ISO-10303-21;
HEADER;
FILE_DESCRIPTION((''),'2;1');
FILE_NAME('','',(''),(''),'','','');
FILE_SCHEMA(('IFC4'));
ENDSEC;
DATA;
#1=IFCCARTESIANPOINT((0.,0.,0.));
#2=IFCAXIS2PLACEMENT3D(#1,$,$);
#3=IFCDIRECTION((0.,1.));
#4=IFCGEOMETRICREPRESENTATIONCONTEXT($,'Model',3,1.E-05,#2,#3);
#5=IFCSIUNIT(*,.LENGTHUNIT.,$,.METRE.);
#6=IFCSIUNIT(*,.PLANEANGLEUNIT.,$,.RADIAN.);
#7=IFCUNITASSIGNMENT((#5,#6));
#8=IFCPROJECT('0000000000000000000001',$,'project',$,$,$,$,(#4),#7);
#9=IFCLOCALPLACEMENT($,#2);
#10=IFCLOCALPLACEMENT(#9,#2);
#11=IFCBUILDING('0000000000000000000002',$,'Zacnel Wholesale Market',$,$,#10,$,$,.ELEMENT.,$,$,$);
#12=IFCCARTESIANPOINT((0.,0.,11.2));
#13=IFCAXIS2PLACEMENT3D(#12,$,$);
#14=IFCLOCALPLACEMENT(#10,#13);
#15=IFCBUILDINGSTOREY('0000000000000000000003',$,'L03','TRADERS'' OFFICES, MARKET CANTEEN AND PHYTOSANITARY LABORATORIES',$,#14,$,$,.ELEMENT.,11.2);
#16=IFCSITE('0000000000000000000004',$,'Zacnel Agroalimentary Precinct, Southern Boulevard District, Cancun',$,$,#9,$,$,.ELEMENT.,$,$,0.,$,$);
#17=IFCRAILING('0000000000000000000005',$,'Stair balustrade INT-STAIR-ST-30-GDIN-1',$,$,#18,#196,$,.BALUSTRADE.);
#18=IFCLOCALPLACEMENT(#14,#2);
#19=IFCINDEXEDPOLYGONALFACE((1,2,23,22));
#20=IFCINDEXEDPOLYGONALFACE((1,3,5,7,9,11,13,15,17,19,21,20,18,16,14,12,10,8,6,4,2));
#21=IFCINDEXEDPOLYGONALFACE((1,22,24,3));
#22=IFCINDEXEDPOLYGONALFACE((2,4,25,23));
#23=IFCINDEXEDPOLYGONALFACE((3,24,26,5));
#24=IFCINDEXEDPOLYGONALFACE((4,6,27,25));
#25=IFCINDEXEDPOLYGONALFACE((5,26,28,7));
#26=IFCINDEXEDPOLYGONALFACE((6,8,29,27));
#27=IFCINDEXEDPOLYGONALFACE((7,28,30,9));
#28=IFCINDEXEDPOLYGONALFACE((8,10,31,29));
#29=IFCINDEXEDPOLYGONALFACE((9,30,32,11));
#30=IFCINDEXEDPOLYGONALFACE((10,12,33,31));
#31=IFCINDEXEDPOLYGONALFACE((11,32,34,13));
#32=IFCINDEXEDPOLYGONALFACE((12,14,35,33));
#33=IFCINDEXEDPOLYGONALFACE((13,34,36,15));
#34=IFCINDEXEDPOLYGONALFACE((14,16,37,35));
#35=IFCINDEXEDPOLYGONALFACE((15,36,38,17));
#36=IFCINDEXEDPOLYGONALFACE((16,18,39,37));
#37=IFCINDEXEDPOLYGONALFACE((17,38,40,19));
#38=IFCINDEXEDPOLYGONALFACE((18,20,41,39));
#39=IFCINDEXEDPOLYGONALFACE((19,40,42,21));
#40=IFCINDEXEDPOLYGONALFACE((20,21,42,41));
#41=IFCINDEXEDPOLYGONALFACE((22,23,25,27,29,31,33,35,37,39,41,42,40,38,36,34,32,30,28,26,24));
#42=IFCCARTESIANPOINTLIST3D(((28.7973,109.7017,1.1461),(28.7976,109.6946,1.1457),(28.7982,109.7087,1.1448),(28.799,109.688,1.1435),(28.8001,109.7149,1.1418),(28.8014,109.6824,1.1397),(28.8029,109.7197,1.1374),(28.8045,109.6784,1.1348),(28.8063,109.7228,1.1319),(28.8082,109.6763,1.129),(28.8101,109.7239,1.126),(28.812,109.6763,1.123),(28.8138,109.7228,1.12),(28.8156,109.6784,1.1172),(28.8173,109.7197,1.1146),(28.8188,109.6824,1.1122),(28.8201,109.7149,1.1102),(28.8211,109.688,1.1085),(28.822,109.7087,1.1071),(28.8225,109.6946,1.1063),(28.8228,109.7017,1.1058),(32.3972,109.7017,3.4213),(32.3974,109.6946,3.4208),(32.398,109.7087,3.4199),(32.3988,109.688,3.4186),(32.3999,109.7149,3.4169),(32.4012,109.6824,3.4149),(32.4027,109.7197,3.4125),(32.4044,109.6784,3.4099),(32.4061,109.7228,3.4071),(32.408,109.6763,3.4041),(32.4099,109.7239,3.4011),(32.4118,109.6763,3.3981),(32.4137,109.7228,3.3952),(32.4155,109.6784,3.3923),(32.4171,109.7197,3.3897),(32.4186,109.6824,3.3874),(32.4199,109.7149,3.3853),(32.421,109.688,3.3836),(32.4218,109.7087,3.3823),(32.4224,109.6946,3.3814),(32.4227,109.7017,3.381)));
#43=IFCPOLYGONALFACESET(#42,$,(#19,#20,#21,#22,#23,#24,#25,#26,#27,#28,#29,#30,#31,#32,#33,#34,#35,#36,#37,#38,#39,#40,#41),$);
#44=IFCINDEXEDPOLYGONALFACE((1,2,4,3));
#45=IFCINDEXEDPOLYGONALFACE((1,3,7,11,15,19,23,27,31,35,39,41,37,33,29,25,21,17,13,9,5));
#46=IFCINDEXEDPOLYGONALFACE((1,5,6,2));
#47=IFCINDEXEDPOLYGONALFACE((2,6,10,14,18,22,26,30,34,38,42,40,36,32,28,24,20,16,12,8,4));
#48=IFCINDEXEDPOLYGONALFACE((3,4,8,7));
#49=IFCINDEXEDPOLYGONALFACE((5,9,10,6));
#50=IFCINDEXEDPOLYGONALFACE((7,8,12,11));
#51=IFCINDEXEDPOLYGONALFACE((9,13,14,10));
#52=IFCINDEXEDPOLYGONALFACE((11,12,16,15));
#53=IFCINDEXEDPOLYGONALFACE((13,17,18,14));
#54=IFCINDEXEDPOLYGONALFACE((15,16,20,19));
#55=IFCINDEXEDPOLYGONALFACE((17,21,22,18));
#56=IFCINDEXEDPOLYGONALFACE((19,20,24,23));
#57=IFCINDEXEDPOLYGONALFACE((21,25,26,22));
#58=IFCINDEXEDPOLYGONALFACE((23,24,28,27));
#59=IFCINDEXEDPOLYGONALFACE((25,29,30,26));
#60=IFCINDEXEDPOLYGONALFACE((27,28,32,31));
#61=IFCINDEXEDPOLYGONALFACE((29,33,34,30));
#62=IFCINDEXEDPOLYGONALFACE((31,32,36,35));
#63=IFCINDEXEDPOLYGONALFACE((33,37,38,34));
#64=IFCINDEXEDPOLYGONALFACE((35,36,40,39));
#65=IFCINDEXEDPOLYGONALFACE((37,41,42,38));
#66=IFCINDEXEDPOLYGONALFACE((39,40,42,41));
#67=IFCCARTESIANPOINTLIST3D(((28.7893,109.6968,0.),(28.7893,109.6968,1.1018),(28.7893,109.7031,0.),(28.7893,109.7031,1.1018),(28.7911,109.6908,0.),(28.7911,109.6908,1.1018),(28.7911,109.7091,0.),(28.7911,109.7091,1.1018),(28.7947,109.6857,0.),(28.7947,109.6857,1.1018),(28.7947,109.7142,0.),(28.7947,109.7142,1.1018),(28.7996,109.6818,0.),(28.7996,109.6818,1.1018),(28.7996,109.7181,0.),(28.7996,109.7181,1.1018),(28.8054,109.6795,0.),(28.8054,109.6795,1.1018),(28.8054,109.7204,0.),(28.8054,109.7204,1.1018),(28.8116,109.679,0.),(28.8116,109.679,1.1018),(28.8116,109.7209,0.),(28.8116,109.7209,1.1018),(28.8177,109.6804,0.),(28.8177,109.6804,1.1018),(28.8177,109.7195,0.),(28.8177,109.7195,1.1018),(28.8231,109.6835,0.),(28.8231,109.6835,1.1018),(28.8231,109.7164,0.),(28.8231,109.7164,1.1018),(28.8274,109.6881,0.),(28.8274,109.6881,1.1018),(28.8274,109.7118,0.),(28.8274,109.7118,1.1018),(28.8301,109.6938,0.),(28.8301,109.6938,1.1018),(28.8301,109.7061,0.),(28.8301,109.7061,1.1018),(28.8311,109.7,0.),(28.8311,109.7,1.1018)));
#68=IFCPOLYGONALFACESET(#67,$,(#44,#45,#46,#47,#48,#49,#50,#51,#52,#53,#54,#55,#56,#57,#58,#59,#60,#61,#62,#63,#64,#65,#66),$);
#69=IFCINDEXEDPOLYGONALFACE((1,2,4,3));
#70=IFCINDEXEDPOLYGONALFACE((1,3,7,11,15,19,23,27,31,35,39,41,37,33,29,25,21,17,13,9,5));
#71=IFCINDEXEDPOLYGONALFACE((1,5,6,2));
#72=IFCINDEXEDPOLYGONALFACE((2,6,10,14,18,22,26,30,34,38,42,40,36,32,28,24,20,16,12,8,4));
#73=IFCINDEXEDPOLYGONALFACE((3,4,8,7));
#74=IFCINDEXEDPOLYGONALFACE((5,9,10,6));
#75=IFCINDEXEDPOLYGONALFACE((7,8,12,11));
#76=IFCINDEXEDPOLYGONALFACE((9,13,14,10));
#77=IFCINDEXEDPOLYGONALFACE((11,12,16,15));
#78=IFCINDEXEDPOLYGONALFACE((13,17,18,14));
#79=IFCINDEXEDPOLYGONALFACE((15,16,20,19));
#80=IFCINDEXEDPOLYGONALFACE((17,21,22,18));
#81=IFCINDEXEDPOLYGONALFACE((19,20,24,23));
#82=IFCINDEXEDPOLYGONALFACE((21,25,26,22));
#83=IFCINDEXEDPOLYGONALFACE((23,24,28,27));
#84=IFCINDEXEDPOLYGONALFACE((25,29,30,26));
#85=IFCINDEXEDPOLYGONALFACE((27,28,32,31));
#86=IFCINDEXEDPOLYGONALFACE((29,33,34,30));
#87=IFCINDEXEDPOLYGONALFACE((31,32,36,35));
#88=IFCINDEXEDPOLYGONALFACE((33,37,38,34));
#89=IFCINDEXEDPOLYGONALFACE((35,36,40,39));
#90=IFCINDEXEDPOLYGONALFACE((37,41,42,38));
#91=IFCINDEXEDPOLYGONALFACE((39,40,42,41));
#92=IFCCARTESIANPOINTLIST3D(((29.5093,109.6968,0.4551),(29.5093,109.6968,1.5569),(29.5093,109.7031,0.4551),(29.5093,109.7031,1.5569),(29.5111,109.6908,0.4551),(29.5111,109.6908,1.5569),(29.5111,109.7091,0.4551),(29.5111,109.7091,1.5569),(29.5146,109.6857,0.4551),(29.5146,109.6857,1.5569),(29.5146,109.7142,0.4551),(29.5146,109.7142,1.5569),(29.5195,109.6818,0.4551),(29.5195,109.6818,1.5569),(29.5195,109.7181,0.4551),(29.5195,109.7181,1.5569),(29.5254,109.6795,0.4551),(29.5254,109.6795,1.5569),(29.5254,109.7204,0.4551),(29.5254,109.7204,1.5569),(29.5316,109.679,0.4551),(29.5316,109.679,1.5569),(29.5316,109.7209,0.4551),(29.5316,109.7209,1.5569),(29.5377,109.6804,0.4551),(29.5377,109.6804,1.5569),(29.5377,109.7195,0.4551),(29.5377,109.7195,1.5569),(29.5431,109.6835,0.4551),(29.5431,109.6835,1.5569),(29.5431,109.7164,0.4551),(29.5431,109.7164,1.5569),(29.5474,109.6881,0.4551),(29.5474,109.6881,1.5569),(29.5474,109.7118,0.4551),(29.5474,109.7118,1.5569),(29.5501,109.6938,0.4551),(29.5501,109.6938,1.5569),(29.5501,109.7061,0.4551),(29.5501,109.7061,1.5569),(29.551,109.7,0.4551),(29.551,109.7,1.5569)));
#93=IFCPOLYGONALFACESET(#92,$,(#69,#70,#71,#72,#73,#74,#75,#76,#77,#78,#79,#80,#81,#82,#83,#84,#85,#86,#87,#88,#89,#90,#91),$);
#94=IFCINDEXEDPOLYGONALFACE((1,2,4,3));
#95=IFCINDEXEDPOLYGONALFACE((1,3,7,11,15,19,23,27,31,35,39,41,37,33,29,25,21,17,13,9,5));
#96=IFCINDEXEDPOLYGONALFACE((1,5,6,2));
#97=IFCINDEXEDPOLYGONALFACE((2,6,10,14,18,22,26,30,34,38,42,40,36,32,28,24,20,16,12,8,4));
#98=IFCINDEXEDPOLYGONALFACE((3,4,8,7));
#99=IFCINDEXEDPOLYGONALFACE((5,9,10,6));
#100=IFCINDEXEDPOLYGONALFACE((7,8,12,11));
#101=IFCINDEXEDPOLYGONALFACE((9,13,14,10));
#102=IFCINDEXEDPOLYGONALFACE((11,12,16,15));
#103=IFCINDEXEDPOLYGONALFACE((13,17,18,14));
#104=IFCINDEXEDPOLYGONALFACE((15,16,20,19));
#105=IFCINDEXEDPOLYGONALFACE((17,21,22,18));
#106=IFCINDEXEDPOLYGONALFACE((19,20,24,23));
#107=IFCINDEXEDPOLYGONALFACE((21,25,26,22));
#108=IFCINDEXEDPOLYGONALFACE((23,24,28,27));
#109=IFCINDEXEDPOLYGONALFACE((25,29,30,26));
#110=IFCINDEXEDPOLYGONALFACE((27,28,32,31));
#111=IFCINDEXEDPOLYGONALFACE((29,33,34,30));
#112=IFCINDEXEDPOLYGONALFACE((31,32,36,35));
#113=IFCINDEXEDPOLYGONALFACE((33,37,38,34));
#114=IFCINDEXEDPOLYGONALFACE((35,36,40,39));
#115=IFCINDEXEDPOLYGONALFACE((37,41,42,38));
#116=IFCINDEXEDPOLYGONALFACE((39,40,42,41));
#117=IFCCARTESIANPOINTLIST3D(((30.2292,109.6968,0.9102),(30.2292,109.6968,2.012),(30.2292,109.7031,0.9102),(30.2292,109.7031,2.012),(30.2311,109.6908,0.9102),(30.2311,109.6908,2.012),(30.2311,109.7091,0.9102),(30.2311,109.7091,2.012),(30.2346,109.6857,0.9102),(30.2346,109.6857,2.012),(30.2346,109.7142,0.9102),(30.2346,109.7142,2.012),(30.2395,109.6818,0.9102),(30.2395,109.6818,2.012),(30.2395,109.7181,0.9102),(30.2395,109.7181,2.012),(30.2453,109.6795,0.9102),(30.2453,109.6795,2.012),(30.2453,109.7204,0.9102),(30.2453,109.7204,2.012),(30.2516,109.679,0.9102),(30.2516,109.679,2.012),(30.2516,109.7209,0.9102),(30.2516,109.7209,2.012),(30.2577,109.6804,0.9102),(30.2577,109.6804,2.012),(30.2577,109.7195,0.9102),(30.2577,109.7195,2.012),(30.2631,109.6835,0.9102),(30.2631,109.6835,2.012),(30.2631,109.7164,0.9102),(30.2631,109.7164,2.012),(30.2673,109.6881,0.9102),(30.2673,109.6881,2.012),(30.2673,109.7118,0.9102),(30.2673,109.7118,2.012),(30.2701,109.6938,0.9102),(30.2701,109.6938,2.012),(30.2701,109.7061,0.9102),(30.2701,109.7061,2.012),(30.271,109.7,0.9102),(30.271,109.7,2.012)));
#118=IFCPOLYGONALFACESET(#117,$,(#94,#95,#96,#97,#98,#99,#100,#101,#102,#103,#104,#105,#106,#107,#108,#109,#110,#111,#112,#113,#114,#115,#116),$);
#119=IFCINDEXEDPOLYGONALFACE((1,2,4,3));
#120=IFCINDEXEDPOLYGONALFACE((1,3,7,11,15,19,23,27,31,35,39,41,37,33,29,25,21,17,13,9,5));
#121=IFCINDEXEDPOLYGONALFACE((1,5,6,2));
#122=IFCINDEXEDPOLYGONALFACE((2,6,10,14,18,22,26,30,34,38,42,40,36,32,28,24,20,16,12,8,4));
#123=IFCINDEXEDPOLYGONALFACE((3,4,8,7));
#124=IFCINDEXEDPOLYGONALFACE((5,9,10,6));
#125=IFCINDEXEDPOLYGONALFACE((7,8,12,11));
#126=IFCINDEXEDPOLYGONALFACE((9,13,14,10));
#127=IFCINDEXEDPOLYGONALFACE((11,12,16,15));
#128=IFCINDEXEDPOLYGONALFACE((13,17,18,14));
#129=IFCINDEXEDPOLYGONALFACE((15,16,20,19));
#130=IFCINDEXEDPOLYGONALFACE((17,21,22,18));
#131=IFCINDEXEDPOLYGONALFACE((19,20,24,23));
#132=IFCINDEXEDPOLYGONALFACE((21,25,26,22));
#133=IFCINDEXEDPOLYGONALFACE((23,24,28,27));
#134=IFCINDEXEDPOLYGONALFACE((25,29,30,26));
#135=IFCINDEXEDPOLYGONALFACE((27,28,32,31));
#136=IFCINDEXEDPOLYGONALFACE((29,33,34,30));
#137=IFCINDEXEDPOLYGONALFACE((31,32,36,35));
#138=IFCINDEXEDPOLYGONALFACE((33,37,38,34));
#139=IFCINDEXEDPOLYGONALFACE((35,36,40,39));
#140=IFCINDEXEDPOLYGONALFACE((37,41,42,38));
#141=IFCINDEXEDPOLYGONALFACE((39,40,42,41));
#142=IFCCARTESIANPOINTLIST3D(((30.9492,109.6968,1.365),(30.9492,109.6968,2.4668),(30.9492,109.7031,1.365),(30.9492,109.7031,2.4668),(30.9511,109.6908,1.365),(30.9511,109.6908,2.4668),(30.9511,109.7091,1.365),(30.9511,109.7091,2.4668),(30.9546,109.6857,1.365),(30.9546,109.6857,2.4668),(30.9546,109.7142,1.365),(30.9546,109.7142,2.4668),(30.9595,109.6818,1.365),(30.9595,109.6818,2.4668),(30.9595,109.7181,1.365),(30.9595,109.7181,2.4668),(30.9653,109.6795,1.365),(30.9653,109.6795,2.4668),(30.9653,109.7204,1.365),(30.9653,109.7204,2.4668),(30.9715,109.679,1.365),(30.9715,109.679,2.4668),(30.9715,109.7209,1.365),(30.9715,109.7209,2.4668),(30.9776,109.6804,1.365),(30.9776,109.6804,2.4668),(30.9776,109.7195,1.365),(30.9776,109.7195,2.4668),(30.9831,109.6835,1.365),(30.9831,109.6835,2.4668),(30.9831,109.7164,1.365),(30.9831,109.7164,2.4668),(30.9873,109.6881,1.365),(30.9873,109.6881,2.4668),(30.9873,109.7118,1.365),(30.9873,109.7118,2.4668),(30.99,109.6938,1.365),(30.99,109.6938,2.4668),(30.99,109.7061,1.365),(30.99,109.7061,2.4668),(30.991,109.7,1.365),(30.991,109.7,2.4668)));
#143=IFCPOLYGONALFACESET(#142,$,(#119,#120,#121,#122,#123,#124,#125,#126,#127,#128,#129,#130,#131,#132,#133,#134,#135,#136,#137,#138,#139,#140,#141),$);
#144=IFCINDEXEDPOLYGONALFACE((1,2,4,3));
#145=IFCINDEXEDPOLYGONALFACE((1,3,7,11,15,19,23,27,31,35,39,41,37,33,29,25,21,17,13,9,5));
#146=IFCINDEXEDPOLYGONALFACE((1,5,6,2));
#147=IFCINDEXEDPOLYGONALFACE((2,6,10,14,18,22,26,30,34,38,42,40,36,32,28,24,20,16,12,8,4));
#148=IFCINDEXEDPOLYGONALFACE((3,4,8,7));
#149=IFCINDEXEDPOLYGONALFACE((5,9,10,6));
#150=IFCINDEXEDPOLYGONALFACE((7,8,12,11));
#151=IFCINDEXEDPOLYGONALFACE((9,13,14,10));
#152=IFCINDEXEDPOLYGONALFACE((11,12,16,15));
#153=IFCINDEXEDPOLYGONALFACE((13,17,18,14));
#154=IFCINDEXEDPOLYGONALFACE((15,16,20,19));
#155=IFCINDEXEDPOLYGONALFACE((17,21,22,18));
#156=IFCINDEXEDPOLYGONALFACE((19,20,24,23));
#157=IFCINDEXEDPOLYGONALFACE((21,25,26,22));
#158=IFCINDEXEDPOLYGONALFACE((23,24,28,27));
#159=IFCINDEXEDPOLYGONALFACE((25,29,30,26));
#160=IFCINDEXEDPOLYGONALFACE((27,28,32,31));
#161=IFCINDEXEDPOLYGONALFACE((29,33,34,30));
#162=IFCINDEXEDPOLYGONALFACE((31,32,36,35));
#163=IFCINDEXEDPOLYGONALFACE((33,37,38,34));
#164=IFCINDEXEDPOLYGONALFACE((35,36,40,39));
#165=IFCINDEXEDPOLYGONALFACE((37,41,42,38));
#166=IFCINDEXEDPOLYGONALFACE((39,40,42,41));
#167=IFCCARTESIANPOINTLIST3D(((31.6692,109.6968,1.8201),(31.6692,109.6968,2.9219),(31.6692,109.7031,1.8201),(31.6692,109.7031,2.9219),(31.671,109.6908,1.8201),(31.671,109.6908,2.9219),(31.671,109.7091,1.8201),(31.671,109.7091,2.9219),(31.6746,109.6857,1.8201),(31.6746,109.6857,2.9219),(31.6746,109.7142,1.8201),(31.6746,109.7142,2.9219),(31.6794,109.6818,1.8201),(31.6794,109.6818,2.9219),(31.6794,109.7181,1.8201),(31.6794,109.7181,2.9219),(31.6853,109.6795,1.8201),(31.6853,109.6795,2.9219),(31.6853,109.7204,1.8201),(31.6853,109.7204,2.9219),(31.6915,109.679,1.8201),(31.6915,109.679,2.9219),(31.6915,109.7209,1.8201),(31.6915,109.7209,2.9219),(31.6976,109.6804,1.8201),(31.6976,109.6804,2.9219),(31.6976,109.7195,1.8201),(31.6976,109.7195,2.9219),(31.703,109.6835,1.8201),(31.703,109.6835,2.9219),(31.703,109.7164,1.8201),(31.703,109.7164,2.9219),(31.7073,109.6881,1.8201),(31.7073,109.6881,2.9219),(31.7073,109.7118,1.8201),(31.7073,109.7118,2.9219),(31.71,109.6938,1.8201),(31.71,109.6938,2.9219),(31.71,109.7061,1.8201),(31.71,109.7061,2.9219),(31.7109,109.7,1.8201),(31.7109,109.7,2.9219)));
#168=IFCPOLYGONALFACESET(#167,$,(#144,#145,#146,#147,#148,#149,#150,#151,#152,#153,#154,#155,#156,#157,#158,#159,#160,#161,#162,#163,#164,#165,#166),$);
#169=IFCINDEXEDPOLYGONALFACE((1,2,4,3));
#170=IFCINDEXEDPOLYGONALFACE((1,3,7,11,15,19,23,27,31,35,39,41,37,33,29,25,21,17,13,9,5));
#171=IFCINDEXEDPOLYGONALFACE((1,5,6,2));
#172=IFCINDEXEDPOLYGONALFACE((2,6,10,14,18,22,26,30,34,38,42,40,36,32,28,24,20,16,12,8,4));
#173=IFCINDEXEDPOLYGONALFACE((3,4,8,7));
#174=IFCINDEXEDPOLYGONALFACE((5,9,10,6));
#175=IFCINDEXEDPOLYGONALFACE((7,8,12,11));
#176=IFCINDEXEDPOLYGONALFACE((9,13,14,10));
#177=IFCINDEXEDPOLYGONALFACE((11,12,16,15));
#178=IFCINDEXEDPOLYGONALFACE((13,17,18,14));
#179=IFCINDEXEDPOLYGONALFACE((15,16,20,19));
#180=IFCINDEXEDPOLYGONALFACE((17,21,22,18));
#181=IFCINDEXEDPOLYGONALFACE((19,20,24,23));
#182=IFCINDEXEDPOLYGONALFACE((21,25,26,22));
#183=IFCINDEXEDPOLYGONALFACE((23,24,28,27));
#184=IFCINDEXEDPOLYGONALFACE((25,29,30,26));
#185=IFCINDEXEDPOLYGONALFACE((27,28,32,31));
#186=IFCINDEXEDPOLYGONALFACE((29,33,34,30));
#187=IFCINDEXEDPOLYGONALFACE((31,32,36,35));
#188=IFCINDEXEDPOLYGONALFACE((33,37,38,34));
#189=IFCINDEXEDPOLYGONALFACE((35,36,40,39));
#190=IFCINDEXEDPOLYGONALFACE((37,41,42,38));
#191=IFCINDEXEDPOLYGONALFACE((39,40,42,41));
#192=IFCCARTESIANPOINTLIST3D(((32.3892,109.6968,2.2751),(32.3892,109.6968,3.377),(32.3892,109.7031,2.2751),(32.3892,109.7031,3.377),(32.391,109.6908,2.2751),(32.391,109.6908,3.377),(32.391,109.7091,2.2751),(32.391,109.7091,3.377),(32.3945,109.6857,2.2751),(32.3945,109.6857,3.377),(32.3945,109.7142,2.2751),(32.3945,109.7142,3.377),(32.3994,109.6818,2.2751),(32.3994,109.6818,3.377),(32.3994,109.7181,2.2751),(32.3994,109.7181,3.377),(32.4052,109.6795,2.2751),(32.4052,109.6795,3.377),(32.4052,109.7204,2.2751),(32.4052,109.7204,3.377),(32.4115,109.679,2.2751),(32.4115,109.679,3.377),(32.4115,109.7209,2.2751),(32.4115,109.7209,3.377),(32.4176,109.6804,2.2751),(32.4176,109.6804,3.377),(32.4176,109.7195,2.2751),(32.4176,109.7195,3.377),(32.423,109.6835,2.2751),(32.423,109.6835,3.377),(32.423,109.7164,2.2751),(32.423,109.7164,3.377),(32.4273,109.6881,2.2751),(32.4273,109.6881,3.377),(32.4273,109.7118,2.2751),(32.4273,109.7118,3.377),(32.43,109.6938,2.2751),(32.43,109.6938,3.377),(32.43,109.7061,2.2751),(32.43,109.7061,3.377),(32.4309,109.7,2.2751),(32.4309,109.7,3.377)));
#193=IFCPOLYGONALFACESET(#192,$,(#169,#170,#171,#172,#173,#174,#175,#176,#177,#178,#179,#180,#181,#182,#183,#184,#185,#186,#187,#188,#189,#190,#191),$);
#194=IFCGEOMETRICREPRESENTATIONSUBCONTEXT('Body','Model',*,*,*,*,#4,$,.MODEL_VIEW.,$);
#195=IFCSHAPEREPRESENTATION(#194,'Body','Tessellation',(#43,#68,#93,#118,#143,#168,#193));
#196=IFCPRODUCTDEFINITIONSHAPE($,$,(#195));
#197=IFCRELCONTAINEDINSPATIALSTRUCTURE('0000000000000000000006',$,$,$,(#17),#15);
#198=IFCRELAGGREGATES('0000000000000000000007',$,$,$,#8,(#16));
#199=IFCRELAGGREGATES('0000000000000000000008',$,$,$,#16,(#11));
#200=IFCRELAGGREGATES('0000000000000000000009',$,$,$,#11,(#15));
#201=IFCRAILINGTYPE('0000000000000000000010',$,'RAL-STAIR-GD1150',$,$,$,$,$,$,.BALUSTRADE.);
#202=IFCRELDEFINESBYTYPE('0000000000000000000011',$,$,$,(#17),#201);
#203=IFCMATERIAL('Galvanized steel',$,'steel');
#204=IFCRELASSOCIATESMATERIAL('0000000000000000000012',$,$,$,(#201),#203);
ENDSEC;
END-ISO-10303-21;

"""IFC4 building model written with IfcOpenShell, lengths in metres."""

from ifc_helpers import new_model, si_unit, direction, frame, origin, origin_2d, place, context, subcontext, project, spatial, circle, extrude, material, type_object, element, save


model = new_model("IFC4")

# Units and contexts
model_context = context("Model", 3, precision=1e-05, world=origin(), true_north=direction((0.0, 1.0)))
body_context = subcontext(model_context, "Body", "Model", "MODEL_VIEW")
ifc_project = project(units=[si_unit("LENGTHUNIT", "METRE"), si_unit("PLANEANGLEUNIT", "RADIAN")], contexts=[model_context])

# Site, building, storey
site_placement = place(None, origin())
site = spatial("IfcSite", under=ifc_project, at=site_placement, Name="Zacnel Agroalimentary Precinct, Southern Boulevard District, Cancun", CompositionType="ELEMENT", RefElevation=0.0)
building_placement = place(site_placement, origin())
building = spatial("IfcBuilding", under=site, at=building_placement, Name="Zacnel Wholesale Market", CompositionType="ELEMENT")
storey_placement = place(building_placement, frame((0.0, 0.0, 11.2)))
storey = spatial("IfcBuildingStorey", under=building, at=storey_placement, Name="L03", Description="TRADERS' OFFICES, MARKET CANTEEN AND PHYTOSANITARY LABORATORIES", CompositionType="ELEMENT", Elevation=11.2)

# Railing
ifc_material_1 = material(Name="Galvanized steel", Category="steel")
railing_type_1 = type_object("IfcRailingType", Name="RAL-STAIR-GD1150", PredefinedType="BALUSTRADE", material=ifc_material_1)
railing_1_placement = place(storey_placement, frame((28.8101, 109.7, 0.0)))
element("IfcRailing", 1, at=railing_1_placement, inside=storey, type_object=railing_type_1, Name="Stair balustrade INT-STAIR-ST-30-GDIN-1", PredefinedType="BALUSTRADE", context=body_context, shape_type="SweptSolid", body=[
    extrude(circle(Radius=0.0239, at=origin_2d()), frame((0.0, 0.0, 1.126), z_axis=(0.845324, 0.0, 0.534254), x_axis=(0.0, 1.0, 0.0)), (0.0, 0.0, 1.0), 4.2585),
    extrude(circle(Radius=0.021, at=origin_2d()), origin(), (0.0, 0.0, 1.0), 1.1018),
    extrude(circle(Radius=0.021, at=origin_2d()), frame((0.72, 0.0, 0.4551)), (0.0, 0.0, 1.0), 1.1018),
    extrude(circle(Radius=0.021, at=origin_2d()), frame((1.4399, 0.0, 0.9102)), (0.0, 0.0, 1.0), 1.1018),
    extrude(circle(Radius=0.021, at=origin_2d()), frame((2.1599, 0.0, 1.365)), (0.0, 0.0, 1.0), 1.1018),
    extrude(circle(Radius=0.021, at=origin_2d()), frame((2.8799, 0.0, 1.8201)), (0.0, 0.0, 1.0), 1.1018),
    extrude(circle(Radius=0.021, at=origin_2d()), frame((3.5999, 0.0, 2.2751)), (0.0, 0.0, 1.0), 1.1018),
])

save(model, "model.ifc")
